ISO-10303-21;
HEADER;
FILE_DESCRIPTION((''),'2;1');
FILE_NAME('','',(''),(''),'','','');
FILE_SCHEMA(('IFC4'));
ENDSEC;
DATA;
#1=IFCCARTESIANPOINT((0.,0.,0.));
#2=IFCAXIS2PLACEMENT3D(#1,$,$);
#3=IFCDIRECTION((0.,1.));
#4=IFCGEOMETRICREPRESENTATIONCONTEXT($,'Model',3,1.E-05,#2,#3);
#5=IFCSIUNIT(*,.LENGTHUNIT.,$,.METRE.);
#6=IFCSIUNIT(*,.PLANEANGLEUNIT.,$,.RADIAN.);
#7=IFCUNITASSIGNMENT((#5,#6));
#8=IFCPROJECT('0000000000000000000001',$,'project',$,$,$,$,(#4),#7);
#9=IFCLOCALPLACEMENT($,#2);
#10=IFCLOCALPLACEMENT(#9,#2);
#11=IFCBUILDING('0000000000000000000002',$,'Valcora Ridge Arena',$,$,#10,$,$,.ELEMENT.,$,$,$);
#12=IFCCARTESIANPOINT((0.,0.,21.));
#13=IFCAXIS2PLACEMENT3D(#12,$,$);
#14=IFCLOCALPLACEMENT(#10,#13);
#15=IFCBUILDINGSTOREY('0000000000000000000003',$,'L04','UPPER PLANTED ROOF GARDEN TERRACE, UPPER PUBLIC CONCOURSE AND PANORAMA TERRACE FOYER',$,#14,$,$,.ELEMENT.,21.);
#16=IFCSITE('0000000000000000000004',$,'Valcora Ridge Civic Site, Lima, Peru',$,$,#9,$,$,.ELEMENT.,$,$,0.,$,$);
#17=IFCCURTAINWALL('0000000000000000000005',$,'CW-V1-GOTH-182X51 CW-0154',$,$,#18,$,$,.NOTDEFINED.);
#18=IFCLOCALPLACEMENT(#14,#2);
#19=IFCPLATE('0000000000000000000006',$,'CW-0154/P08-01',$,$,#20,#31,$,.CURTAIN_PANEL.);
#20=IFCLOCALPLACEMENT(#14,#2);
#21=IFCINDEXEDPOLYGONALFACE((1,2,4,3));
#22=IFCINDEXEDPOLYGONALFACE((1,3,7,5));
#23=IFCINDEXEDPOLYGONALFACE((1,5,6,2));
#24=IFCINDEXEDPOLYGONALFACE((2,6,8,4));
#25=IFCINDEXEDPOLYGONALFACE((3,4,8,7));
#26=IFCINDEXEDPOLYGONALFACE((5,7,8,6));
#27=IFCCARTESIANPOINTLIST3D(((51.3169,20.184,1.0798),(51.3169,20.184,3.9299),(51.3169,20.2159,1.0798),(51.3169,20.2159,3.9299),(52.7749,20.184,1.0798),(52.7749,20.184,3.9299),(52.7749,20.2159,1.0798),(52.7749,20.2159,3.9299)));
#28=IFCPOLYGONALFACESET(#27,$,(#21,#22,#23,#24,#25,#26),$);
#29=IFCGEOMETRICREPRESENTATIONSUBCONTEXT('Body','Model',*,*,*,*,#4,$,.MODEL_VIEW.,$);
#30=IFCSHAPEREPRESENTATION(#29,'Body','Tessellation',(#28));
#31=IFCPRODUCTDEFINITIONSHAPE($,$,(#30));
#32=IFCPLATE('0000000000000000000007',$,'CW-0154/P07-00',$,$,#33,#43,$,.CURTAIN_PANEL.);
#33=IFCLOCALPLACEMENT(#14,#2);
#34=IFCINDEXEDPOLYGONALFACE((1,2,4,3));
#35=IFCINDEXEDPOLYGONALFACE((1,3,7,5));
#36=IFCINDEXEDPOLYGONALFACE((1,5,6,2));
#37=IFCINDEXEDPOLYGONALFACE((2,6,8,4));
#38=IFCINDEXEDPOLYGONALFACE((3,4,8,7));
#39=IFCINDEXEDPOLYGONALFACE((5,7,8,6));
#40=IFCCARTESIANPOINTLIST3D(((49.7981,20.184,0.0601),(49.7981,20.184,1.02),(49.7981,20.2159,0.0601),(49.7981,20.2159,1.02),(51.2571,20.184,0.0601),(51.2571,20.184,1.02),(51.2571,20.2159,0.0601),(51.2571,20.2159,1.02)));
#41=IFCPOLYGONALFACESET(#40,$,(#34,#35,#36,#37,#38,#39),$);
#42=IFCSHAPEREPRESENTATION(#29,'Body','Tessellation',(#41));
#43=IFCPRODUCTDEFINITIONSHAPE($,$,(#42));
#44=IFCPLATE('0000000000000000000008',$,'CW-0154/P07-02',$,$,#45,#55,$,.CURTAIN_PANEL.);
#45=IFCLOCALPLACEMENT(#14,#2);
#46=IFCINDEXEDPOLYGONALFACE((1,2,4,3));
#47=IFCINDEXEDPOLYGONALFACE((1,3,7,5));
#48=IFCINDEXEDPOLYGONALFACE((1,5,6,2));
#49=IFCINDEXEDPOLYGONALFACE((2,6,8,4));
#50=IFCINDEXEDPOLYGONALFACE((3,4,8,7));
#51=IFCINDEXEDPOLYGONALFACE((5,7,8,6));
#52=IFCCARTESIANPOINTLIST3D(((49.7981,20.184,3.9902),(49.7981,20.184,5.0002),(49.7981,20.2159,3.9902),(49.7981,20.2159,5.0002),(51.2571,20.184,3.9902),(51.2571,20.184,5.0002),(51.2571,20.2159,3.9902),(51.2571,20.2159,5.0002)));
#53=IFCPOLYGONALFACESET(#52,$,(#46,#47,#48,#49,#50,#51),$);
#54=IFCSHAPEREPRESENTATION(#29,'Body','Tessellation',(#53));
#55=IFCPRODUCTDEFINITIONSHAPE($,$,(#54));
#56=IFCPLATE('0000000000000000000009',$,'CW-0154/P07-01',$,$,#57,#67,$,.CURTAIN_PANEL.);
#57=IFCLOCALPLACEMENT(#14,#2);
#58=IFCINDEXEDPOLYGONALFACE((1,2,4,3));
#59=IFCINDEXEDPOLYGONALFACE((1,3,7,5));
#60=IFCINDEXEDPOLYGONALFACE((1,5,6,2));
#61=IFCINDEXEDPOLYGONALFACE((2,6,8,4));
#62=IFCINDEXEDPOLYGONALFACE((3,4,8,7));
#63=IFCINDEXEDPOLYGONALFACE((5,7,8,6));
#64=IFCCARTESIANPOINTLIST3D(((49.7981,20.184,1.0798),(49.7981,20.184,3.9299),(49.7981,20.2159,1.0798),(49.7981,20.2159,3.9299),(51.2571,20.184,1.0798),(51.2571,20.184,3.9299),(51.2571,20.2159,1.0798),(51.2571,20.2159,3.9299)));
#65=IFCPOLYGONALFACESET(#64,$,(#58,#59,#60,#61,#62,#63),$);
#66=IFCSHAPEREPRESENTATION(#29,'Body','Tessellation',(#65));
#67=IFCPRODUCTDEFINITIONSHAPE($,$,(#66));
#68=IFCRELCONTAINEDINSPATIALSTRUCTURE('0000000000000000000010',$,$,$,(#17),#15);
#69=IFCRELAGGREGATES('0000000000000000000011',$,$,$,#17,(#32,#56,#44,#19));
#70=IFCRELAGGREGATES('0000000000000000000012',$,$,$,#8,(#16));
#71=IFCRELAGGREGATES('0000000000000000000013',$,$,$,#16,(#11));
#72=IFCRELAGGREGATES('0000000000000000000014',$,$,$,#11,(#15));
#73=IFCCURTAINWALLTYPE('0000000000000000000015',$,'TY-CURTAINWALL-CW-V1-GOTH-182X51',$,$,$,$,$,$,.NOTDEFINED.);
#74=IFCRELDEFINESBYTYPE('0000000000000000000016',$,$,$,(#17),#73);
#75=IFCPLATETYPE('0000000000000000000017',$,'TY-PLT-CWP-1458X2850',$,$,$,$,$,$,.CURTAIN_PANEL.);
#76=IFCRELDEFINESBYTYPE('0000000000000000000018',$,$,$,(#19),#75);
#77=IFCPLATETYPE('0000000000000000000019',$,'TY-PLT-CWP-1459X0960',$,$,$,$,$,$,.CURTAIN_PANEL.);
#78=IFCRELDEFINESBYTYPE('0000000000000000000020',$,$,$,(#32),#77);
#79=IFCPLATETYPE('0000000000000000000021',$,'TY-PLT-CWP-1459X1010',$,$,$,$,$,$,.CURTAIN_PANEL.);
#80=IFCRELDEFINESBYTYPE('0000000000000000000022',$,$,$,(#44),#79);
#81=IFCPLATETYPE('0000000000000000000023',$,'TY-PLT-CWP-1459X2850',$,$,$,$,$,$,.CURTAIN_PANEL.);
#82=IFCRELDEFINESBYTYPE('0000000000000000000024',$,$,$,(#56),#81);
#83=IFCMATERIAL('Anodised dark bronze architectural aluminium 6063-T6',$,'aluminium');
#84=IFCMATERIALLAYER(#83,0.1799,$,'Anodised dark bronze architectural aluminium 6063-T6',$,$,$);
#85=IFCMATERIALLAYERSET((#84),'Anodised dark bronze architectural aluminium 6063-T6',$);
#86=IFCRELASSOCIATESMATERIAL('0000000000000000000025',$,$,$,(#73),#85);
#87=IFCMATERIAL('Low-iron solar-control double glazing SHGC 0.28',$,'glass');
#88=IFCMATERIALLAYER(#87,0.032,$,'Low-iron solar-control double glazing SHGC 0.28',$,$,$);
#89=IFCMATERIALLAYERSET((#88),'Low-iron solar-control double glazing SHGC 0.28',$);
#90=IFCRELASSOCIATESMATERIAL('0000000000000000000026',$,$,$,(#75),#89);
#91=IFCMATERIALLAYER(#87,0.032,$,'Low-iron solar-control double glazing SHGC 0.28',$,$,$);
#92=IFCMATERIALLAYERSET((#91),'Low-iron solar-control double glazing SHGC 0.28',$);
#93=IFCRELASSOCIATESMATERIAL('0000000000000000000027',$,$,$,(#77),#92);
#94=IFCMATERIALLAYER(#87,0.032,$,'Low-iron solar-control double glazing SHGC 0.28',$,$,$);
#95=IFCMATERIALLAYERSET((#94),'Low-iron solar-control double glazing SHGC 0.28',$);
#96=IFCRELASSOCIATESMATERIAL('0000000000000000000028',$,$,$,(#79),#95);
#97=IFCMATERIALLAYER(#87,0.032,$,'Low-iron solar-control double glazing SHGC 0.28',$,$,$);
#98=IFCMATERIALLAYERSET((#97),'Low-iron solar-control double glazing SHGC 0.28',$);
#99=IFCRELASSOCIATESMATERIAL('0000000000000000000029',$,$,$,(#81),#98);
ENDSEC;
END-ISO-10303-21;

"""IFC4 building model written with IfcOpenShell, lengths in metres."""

from ifc_helpers import new_model, si_unit, direction, frame, origin, origin_2d, place, context, subcontext, project, spatial, rectangle, extrude, material, layer, layer_set, type_object, element, aggregate, save


model = new_model("IFC4")

# Units and contexts
model_context = context("Model", 3, precision=1e-05, world=origin(), true_north=direction((0.0, 1.0)))
body_context = subcontext(model_context, "Body", "Model", "MODEL_VIEW")
ifc_project = project(units=[si_unit("LENGTHUNIT", "METRE"), si_unit("PLANEANGLEUNIT", "RADIAN")], contexts=[model_context])

# Site, building, storey
site_placement = place(None, origin())
site = spatial("IfcSite", under=ifc_project, at=site_placement, Name="Valcora Ridge Civic Site, Lima, Peru", CompositionType="ELEMENT", RefElevation=0.0)
building_placement = place(site_placement, origin())
building = spatial("IfcBuilding", under=site, at=building_placement, Name="Valcora Ridge Arena", CompositionType="ELEMENT")
storey_placement = place(building_placement, frame((0.0, 0.0, 21.0)))
storey = spatial("IfcBuildingStorey", under=building, at=storey_placement, Name="L04", Description="UPPER PLANTED ROOF GARDEN TERRACE, UPPER PUBLIC CONCOURSE AND PANORAMA TERRACE FOYER", CompositionType="ELEMENT", Elevation=21.0)

# Curtain wall, plates
ifc_material_1 = material(Name="Anodised dark bronze architectural aluminium 6063-T6", Category="aluminium")
ifc_layer_1 = layer(ifc_material_1, 0.1799, Name="Anodised dark bronze architectural aluminium 6063-T6")
ifc_layer_set_1 = layer_set([ifc_layer_1], Name="Anodised dark bronze architectural aluminium 6063-T6")
curtain_wall_type = type_object("IfcCurtainWallType", Name="TY-CURTAINWALL-CW-V1-GOTH-182X51", PredefinedType="NOTDEFINED", material=ifc_layer_set_1)
curtain_wall_placement = place(storey_placement, origin())
curtain_wall = element("IfcCurtainWall", 1, at=curtain_wall_placement, inside=storey, type_object=curtain_wall_type, Name="CW-V1-GOTH-182X51 CW-0154", PredefinedType="NOTDEFINED")
ifc_material_2 = material(Name="Low-iron solar-control double glazing SHGC 0.28", Category="glass")
ifc_layer_2 = layer(ifc_material_2, 0.032, Name="Low-iron solar-control double glazing SHGC 0.28")
ifc_layer_set_2 = layer_set([ifc_layer_2], Name="Low-iron solar-control double glazing SHGC 0.28")
plate_type_1 = type_object("IfcPlateType", Name="TY-PLT-CWP-1458X2850", PredefinedType="CURTAIN_PANEL", material=ifc_layer_set_2)
plate_1_placement = place(storey_placement, frame((52.0459, 20.2, 1.0798), z_axis=(0.0, 0.0, 1.0), x_axis=(1.0, 0.0, 0.0)))
plate_1 = element("IfcPlate", 2, at=plate_1_placement, type_object=plate_type_1, Name="CW-0154/P08-01", PredefinedType="CURTAIN_PANEL", context=body_context, shape_type="SweptSolid", body=[
    extrude(rectangle(XDim=1.458, YDim=0.032, at=origin_2d()), origin(), (0.0, 0.0, 1.0), 2.8501),
])
ifc_layer_3 = layer(ifc_material_2, 0.032, Name="Low-iron solar-control double glazing SHGC 0.28")
ifc_layer_set_3 = layer_set([ifc_layer_3], Name="Low-iron solar-control double glazing SHGC 0.28")
plate_type_2 = type_object("IfcPlateType", Name="TY-PLT-CWP-1459X0960", PredefinedType="CURTAIN_PANEL", material=ifc_layer_set_3)
plate_2_placement = place(storey_placement, frame((50.5276, 20.2, 0.0601), z_axis=(0.0, 0.0, 1.0), x_axis=(1.0, 0.0, 0.0)))
plate_2 = element("IfcPlate", 3, at=plate_2_placement, type_object=plate_type_2, Name="CW-0154/P07-00", PredefinedType="CURTAIN_PANEL", context=body_context, shape_type="SweptSolid", body=[
    extrude(rectangle(XDim=1.459, YDim=0.032, at=origin_2d()), origin(), (0.0, 0.0, 1.0), 0.96),
])
ifc_layer_4 = layer(ifc_material_2, 0.032, Name="Low-iron solar-control double glazing SHGC 0.28")
ifc_layer_set_4 = layer_set([ifc_layer_4], Name="Low-iron solar-control double glazing SHGC 0.28")
plate_type_3 = type_object("IfcPlateType", Name="TY-PLT-CWP-1459X1010", PredefinedType="CURTAIN_PANEL", material=ifc_layer_set_4)
plate_3_placement = place(storey_placement, frame((50.5276, 20.2, 3.9902), z_axis=(0.0, 0.0, 1.0), x_axis=(1.0, 0.0, 0.0)))
plate_3 = element("IfcPlate", 4, at=plate_3_placement, type_object=plate_type_3, Name="CW-0154/P07-02", PredefinedType="CURTAIN_PANEL", context=body_context, shape_type="SweptSolid", body=[
    extrude(rectangle(XDim=1.459, YDim=0.032, at=origin_2d()), origin(), (0.0, 0.0, 1.0), 1.01),
])
ifc_layer_5 = layer(ifc_material_2, 0.032, Name="Low-iron solar-control double glazing SHGC 0.28")
ifc_layer_set_5 = layer_set([ifc_layer_5], Name="Low-iron solar-control double glazing SHGC 0.28")
plate_type_4 = type_object("IfcPlateType", Name="TY-PLT-CWP-1459X2850", PredefinedType="CURTAIN_PANEL", material=ifc_layer_set_5)
plate_4_placement = place(storey_placement, frame((50.5276, 20.2, 1.0798), z_axis=(0.0, 0.0, 1.0), x_axis=(1.0, 0.0, 0.0)))
plate_4 = element("IfcPlate", 5, at=plate_4_placement, type_object=plate_type_4, Name="CW-0154/P07-01", PredefinedType="CURTAIN_PANEL", context=body_context, shape_type="SweptSolid", body=[
    extrude(rectangle(XDim=1.459, YDim=0.032, at=origin_2d()), origin(), (0.0, 0.0, 1.0), 2.8501),
])
aggregate(curtain_wall, [plate_2, plate_4, plate_3, plate_1])

save(model, "model.ifc")
